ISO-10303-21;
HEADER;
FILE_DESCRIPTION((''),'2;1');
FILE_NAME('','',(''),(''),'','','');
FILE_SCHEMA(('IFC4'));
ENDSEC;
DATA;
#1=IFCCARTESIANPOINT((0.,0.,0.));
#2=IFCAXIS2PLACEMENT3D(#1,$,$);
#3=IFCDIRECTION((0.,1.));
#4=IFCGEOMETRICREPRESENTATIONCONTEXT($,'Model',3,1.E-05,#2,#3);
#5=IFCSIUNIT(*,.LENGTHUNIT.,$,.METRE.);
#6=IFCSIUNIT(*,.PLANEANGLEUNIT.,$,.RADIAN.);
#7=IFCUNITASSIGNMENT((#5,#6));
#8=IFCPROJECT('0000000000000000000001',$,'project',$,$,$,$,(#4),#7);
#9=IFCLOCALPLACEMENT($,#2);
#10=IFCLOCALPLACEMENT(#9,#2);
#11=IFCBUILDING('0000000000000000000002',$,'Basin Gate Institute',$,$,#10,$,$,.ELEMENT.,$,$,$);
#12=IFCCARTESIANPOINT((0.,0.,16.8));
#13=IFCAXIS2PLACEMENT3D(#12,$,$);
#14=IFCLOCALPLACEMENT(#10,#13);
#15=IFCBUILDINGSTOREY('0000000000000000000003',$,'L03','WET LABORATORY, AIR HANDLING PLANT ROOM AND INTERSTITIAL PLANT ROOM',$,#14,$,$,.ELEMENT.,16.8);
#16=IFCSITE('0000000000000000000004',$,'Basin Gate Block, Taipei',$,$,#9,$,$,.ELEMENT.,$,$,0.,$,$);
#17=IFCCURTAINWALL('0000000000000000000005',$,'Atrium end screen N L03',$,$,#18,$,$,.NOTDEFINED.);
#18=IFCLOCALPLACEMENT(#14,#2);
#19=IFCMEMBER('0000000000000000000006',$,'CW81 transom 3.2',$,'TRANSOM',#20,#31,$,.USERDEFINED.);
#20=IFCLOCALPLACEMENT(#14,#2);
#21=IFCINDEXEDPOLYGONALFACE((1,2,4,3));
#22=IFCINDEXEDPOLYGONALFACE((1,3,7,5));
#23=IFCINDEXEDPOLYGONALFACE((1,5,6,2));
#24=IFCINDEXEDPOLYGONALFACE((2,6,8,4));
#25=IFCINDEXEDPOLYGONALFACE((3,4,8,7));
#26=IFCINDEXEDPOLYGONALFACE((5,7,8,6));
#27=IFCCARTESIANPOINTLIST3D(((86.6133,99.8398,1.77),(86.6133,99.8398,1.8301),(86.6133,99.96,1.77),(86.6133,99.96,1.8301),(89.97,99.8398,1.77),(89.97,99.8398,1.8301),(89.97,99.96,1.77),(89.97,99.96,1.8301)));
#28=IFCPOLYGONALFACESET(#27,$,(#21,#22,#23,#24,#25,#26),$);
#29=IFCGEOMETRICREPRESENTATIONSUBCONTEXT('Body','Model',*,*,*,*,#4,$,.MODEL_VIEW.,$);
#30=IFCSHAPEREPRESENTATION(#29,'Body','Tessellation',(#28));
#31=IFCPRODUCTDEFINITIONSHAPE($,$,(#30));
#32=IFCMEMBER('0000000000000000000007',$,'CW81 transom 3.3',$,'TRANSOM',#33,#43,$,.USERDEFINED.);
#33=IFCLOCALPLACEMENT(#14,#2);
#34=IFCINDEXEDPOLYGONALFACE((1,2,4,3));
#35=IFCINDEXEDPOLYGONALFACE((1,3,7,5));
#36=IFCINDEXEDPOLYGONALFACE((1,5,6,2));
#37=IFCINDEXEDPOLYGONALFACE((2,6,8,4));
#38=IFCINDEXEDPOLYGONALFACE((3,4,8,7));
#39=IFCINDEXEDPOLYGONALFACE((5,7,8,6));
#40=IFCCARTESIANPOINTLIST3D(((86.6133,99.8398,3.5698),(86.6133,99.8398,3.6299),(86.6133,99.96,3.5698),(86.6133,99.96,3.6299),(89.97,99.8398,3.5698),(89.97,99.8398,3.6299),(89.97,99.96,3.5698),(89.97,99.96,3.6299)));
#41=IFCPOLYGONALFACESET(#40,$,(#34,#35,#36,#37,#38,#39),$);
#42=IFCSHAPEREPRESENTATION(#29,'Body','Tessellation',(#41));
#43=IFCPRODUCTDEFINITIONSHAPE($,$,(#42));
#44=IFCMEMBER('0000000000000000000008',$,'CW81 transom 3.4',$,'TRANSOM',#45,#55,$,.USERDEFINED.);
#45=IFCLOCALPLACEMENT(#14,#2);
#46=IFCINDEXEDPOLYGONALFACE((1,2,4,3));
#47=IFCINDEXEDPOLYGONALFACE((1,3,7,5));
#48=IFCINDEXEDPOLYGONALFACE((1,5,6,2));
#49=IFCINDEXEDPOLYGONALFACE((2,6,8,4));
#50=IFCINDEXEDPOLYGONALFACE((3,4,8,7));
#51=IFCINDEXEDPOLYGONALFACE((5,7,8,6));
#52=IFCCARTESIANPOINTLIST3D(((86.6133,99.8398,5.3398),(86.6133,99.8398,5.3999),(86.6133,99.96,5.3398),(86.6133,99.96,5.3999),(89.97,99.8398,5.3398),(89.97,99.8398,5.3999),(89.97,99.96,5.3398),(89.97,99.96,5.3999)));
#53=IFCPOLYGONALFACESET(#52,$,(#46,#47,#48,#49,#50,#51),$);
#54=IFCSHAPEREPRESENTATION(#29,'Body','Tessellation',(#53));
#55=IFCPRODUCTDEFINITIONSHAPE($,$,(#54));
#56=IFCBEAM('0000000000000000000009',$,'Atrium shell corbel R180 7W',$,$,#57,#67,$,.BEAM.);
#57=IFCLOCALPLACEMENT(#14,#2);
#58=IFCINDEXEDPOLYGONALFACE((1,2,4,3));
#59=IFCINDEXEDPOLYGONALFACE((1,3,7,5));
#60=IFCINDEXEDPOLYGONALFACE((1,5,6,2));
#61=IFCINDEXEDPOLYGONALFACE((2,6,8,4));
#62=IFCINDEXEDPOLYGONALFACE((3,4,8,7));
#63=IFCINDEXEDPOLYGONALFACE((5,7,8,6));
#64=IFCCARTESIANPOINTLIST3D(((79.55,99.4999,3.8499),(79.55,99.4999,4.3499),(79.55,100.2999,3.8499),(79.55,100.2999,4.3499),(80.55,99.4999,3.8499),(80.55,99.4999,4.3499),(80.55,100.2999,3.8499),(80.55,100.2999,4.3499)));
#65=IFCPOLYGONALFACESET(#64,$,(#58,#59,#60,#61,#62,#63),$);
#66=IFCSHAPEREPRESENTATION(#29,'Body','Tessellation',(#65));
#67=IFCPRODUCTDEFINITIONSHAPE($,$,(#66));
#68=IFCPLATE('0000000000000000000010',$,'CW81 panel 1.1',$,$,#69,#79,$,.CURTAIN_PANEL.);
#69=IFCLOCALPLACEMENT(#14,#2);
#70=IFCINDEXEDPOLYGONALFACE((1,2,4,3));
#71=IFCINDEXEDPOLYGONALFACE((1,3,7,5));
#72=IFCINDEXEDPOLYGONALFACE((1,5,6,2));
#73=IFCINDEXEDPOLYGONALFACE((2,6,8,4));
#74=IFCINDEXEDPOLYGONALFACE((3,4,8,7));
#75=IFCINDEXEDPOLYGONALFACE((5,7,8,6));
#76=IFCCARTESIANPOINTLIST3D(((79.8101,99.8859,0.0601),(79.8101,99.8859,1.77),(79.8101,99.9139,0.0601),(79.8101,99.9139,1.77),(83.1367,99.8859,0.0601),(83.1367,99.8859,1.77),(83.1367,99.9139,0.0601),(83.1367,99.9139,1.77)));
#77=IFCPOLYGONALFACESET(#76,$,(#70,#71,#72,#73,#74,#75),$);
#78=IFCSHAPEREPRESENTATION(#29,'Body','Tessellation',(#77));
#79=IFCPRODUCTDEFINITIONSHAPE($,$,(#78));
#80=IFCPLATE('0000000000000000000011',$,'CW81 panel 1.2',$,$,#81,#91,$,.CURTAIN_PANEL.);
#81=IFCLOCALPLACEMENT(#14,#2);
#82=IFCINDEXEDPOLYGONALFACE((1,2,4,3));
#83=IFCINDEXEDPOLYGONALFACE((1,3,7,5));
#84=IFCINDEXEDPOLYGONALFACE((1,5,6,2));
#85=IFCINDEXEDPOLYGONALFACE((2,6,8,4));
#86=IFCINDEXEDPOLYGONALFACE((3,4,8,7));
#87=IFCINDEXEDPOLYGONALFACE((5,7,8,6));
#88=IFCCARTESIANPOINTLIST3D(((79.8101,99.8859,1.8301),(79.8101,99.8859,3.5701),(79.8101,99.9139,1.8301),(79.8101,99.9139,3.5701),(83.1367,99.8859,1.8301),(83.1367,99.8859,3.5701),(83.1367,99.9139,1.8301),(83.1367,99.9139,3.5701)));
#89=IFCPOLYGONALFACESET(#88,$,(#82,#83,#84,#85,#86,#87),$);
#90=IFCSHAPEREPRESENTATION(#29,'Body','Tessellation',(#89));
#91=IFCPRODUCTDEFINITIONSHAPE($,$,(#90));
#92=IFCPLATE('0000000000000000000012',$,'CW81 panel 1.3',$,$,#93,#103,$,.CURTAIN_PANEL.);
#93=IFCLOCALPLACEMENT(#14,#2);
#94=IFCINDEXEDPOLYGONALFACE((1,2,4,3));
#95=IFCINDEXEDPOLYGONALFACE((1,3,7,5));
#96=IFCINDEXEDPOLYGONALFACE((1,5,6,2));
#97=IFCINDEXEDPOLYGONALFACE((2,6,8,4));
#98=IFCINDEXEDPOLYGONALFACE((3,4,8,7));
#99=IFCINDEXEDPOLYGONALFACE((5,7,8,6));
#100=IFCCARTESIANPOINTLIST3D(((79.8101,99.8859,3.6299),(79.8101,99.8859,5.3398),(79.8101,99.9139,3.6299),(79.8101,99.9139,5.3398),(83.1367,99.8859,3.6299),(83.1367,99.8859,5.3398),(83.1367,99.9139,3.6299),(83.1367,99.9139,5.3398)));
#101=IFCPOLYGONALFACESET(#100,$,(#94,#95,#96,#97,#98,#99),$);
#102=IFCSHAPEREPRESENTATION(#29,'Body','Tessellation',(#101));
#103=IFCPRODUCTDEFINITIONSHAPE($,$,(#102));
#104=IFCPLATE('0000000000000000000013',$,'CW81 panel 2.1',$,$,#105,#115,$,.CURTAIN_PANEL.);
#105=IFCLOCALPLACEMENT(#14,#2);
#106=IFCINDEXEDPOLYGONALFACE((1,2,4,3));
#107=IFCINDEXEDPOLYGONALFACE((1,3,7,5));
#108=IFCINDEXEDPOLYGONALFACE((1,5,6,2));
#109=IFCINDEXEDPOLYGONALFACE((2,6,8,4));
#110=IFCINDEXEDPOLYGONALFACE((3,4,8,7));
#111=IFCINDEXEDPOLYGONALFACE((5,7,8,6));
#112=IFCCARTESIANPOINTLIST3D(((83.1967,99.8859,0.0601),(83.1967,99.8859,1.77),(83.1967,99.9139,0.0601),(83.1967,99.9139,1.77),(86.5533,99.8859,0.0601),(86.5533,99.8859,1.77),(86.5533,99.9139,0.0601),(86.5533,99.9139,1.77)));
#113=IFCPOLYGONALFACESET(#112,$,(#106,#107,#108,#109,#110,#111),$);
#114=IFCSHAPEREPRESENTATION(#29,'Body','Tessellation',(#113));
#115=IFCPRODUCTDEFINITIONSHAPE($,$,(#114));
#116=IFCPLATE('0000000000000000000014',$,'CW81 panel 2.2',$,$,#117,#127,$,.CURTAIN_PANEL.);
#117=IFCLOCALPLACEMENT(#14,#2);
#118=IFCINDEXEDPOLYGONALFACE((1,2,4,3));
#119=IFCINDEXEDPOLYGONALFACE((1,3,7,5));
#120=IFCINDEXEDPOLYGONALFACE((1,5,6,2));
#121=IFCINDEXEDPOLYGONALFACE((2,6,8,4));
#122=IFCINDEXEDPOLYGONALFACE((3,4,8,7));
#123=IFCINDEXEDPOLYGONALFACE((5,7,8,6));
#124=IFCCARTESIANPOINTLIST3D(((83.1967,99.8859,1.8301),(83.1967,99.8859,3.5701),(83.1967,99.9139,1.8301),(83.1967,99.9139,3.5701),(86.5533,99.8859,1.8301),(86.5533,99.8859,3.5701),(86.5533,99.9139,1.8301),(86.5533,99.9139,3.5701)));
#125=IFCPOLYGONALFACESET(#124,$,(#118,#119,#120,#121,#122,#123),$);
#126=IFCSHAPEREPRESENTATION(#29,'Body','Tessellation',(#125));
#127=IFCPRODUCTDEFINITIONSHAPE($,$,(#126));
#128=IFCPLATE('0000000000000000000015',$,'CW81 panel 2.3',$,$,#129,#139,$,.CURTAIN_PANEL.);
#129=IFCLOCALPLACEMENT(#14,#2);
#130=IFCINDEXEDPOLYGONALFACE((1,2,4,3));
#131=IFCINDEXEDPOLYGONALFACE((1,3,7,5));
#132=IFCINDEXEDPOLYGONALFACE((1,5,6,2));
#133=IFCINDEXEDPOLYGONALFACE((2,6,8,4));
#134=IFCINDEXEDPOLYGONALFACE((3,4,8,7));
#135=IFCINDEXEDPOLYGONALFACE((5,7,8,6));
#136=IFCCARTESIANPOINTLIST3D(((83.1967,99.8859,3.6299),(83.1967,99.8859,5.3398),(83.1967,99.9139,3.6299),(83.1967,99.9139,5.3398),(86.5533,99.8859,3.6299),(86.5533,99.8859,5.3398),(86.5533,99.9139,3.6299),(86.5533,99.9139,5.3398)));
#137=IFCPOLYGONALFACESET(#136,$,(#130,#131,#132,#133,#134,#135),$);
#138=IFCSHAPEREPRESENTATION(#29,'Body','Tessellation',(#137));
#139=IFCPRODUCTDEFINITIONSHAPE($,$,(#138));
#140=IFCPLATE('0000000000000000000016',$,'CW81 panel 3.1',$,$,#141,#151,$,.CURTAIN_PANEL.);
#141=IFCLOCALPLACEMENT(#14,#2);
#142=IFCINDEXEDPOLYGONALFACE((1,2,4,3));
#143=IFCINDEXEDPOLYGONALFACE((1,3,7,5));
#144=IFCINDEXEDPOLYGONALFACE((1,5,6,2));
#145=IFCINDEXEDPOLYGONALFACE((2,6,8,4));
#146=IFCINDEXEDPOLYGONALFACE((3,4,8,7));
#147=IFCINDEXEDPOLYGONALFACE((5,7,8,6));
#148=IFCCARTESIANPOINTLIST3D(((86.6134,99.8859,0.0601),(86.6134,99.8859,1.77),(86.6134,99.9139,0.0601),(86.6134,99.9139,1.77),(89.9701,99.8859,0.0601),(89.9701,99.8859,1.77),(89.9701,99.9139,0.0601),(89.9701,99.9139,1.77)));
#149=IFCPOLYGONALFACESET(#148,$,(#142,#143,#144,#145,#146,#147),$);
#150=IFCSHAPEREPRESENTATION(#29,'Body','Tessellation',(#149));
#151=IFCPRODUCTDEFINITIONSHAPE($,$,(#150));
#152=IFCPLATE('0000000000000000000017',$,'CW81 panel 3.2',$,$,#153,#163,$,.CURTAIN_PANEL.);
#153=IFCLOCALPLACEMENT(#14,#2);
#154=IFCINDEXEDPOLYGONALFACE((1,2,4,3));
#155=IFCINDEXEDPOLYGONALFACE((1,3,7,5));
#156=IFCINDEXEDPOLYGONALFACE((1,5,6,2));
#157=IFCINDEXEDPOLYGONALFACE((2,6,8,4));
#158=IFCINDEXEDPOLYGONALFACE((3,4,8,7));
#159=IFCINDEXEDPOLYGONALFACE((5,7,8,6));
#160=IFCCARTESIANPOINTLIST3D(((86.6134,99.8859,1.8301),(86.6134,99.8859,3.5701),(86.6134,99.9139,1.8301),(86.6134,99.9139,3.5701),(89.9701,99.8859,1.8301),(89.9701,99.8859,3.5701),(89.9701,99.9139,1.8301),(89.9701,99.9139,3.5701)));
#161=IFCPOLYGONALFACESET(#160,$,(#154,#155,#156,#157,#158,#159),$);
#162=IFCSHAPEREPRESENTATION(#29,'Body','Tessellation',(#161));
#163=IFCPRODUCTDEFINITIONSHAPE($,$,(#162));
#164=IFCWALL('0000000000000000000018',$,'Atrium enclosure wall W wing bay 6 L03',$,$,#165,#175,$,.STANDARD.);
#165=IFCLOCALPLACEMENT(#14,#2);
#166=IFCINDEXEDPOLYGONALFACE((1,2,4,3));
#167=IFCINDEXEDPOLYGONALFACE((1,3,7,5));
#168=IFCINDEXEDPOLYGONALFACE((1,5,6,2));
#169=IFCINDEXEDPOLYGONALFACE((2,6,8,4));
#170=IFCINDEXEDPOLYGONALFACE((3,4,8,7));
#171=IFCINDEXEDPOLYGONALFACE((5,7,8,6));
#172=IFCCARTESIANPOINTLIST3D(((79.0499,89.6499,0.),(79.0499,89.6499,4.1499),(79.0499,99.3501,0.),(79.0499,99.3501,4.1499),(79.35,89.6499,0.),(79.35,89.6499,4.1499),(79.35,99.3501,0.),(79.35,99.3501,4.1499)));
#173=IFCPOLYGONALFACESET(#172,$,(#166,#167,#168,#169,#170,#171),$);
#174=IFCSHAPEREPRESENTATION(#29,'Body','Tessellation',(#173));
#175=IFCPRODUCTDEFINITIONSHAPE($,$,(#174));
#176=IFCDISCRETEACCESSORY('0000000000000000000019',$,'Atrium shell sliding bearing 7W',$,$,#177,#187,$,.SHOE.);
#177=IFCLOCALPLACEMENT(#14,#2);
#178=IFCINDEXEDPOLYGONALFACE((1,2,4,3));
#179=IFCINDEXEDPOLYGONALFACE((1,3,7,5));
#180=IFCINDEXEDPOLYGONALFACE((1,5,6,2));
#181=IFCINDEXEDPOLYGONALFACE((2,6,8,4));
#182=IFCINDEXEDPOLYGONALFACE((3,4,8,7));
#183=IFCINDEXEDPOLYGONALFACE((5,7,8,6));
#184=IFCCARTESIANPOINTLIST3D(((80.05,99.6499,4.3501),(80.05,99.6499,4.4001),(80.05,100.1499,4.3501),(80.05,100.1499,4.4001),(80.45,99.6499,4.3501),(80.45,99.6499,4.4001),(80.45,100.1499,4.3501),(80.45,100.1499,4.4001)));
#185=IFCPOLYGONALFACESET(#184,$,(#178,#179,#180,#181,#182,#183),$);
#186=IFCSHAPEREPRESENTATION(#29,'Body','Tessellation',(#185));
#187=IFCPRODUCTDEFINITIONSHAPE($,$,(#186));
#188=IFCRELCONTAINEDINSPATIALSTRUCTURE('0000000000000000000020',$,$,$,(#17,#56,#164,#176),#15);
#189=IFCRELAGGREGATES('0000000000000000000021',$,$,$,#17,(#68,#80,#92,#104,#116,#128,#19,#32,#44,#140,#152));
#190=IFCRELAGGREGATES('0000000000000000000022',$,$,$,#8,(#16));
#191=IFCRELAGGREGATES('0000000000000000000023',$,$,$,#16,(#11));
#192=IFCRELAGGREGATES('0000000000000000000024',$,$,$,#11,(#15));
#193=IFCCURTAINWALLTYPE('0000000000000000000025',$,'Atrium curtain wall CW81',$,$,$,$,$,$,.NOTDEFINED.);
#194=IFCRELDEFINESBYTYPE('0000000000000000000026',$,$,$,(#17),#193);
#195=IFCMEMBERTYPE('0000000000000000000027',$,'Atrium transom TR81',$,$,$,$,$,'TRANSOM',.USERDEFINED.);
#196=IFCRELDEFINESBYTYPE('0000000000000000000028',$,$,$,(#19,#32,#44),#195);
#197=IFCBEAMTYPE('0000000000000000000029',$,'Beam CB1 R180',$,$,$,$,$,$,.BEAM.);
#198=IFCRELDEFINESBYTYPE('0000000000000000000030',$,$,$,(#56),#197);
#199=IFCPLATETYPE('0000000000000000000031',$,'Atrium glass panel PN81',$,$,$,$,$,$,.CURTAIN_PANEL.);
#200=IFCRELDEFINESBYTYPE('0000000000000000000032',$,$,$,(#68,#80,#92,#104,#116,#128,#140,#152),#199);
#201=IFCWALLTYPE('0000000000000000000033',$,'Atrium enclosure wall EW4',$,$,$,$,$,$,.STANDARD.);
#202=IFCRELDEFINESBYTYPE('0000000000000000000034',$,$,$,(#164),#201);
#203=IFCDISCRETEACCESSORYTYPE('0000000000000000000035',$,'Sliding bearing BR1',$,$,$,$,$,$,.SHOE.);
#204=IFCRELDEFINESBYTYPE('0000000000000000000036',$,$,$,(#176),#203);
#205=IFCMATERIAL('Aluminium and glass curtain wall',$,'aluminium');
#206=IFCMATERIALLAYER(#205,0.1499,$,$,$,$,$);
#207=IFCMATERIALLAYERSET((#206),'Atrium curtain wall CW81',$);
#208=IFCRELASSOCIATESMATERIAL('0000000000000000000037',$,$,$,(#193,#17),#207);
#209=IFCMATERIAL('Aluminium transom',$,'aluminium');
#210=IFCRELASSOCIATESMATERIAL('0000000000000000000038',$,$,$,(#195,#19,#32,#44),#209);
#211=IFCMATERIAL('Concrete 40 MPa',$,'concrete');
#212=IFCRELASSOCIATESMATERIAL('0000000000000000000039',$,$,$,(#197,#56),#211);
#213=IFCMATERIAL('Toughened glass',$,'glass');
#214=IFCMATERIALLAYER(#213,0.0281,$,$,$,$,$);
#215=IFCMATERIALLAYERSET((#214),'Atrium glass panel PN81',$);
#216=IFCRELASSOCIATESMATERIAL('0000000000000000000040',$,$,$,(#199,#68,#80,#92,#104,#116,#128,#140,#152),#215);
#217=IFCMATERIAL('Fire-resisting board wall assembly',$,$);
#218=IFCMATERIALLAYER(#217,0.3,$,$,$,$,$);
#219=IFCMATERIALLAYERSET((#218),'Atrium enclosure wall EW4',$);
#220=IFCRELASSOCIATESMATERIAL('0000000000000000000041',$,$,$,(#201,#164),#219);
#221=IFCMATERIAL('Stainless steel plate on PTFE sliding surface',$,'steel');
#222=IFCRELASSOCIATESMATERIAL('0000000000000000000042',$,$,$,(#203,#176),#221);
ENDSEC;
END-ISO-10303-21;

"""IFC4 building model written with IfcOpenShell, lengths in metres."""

from ifc_helpers import new_model, si_unit, direction, frame, frame_2d, origin, origin_2d, place, context, subcontext, project, spatial, rectangle, extrude, material, layer, layer_set, material_profile, profile_set, type_object, element, aggregate, save


model = new_model("IFC4")

# Units and contexts
model_context = context("Model", 3, precision=1e-05, world=origin(), true_north=direction((0.0, 1.0)))
body_context = subcontext(model_context, "Body", "Model", "MODEL_VIEW")
ifc_project = project(units=[si_unit("LENGTHUNIT", "METRE"), si_unit("PLANEANGLEUNIT", "RADIAN")], contexts=[model_context])

# Site, building, storey
site_placement = place(None, origin())
site = spatial("IfcSite", under=ifc_project, at=site_placement, Name="Basin Gate Block, Taipei", CompositionType="ELEMENT", RefElevation=0.0)
building_placement = place(site_placement, origin())
building = spatial("IfcBuilding", under=site, at=building_placement, Name="Basin Gate Institute", CompositionType="ELEMENT")
storey_placement = place(building_placement, frame((0.0, 0.0, 16.8)))
storey = spatial("IfcBuildingStorey", under=building, at=storey_placement, Name="L03", Description="WET LABORATORY, AIR HANDLING PLANT ROOM AND INTERSTITIAL PLANT ROOM", CompositionType="ELEMENT", Elevation=16.8)

# Curtain wall, members
ifc_material_1 = material(Name="Aluminium and glass curtain wall", Category="aluminium")
ifc_layer_1 = layer(ifc_material_1, 0.1499)
ifc_layer_set_1 = layer_set([ifc_layer_1], Name="Atrium curtain wall CW81")
curtain_wall_type = type_object("IfcCurtainWallType", Name="Atrium curtain wall CW81", PredefinedType="NOTDEFINED", material=ifc_layer_set_1)
curtain_wall_placement = place(storey_placement, origin())
curtain_wall = element("IfcCurtainWall", 1, at=curtain_wall_placement, inside=storey, type_object=curtain_wall_type, material=ifc_layer_set_1, Name="Atrium end screen N L03", PredefinedType="NOTDEFINED")
ifc_material_2 = material(Name="Aluminium transom", Category="aluminium")
ifc_material_profile_1 = material_profile(ifc_material_2, rectangle(XDim=0.1201, YDim=0.0601, at=origin_2d()), Name="Atrium transom TR81 120 x 60")
ifc_profile_set_1 = profile_set([ifc_material_profile_1], Name="Aluminium transom")
member_type_1 = type_object("IfcMemberType", Name="Atrium transom TR81", ElementType="TRANSOM", PredefinedType="USERDEFINED", material=ifc_profile_set_1)
member_1_placement = place(storey_placement, frame((86.6133, 99.8999, 1.8), z_axis=(1.0, 0.0, 0.0), x_axis=(0.0, 1.0, 0.0)))
member_1 = element("IfcMember", 2, at=member_1_placement, type_object=member_type_1, material=ifc_profile_set_1, Name="CW81 transom 3.2", ObjectType="TRANSOM", PredefinedType="USERDEFINED", context=body_context, shape_type="SweptSolid", body=[
    extrude(rectangle(XDim=0.1201, YDim=0.0601, at=origin_2d()), origin(), (0.0, 0.0, 1.0), 3.3567),
])
member_2_placement = place(storey_placement, frame((86.6133, 99.8999, 3.5999), z_axis=(1.0, 0.0, 0.0), x_axis=(0.0, 1.0, 0.0)))
member_2 = element("IfcMember", 3, at=member_2_placement, type_object=member_type_1, material=ifc_profile_set_1, Name="CW81 transom 3.3", ObjectType="TRANSOM", PredefinedType="USERDEFINED", context=body_context, shape_type="SweptSolid", body=[
    extrude(rectangle(XDim=0.1201, YDim=0.0601, at=origin_2d()), origin(), (0.0, 0.0, 1.0), 3.3567),
])
member_3_placement = place(storey_placement, frame((86.6133, 99.8999, 5.3699), z_axis=(1.0, 0.0, 0.0), x_axis=(0.0, 1.0, 0.0)))
member_3 = element("IfcMember", 4, at=member_3_placement, type_object=member_type_1, material=ifc_profile_set_1, Name="CW81 transom 3.4", ObjectType="TRANSOM", PredefinedType="USERDEFINED", context=body_context, shape_type="SweptSolid", body=[
    extrude(rectangle(XDim=0.1201, YDim=0.0601, at=origin_2d()), origin(), (0.0, 0.0, 1.0), 3.3567),
])

# Beam
ifc_material_3 = material(Name="Concrete 40 MPa", Category="concrete")
ifc_material_profile_2 = material_profile(ifc_material_3, rectangle(XDim=0.8, YDim=0.5, at=origin_2d()), Name="Beam CB1 800 x 500")
ifc_profile_set_2 = profile_set([ifc_material_profile_2], Name="Concrete 40 MPa")
beam_type = type_object("IfcBeamType", Name="Beam CB1 R180", PredefinedType="BEAM", material=ifc_profile_set_2)
beam_placement = place(storey_placement, frame((79.55, 99.8999, 4.0999), z_axis=(1.0, 0.0, 0.0), x_axis=(0.0, 1.0, 0.0)))
element("IfcBeam", 5, at=beam_placement, inside=storey, type_object=beam_type, material=ifc_profile_set_2, Name="Atrium shell corbel R180 7W", PredefinedType="BEAM", context=body_context, shape_type="SweptSolid", body=[
    extrude(rectangle(XDim=0.8, YDim=0.5, at=origin_2d()), origin(), (0.0, 0.0, 1.0), 1.0),
])

# Plates
ifc_material_4 = material(Name="Toughened glass", Category="glass")
ifc_layer_2 = layer(ifc_material_4, 0.0281)
ifc_layer_set_2 = layer_set([ifc_layer_2], Name="Atrium glass panel PN81")
plate_type = type_object("IfcPlateType", Name="Atrium glass panel PN81", PredefinedType="CURTAIN_PANEL", material=ifc_layer_set_2)
plate_1_placement = place(storey_placement, frame((81.4734, 99.8999, 0.0601), z_axis=(0.0, 0.0, 1.0), x_axis=(1.0, 0.0, 0.0)))
plate_1 = element("IfcPlate", 6, at=plate_1_placement, type_object=plate_type, material=ifc_layer_set_2, Name="CW81 panel 1.1", PredefinedType="CURTAIN_PANEL", context=body_context, shape_type="SweptSolid", body=[
    extrude(rectangle(XDim=3.3267, YDim=0.0281, at=origin_2d()), origin(), (0.0, 0.0, 1.0), 1.71),
])
plate_2_placement = place(storey_placement, frame((81.4734, 99.8999, 1.8301), z_axis=(0.0, 0.0, 1.0), x_axis=(1.0, 0.0, 0.0)))
plate_2 = element("IfcPlate", 7, at=plate_2_placement, type_object=plate_type, material=ifc_layer_set_2, Name="CW81 panel 1.2", PredefinedType="CURTAIN_PANEL", context=body_context, shape_type="SweptSolid", body=[
    extrude(rectangle(XDim=3.3267, YDim=0.0281, at=origin_2d()), origin(), (0.0, 0.0, 1.0), 1.74),
])
plate_3_placement = place(storey_placement, frame((81.4734, 99.8999, 3.6299), z_axis=(0.0, 0.0, 1.0), x_axis=(1.0, 0.0, 0.0)))
plate_3 = element("IfcPlate", 8, at=plate_3_placement, type_object=plate_type, material=ifc_layer_set_2, Name="CW81 panel 1.3", PredefinedType="CURTAIN_PANEL", context=body_context, shape_type="SweptSolid", body=[
    extrude(rectangle(XDim=3.3267, YDim=0.0281, at=origin_2d()), origin(), (0.0, 0.0, 1.0), 1.71),
])
plate_4_placement = place(storey_placement, frame((84.875, 99.8999, 0.0601), z_axis=(0.0, 0.0, 1.0), x_axis=(1.0, 0.0, 0.0)))
plate_4 = element("IfcPlate", 9, at=plate_4_placement, type_object=plate_type, material=ifc_layer_set_2, Name="CW81 panel 2.1", PredefinedType="CURTAIN_PANEL", context=body_context, shape_type="SweptSolid", body=[
    extrude(rectangle(XDim=3.3567, YDim=0.0281, at=origin_2d()), origin(), (0.0, 0.0, 1.0), 1.71),
])
plate_5_placement = place(storey_placement, frame((84.875, 99.8999, 1.8301), z_axis=(0.0, 0.0, 1.0), x_axis=(1.0, 0.0, 0.0)))
plate_5 = element("IfcPlate", 10, at=plate_5_placement, type_object=plate_type, material=ifc_layer_set_2, Name="CW81 panel 2.2", PredefinedType="CURTAIN_PANEL", context=body_context, shape_type="SweptSolid", body=[
    extrude(rectangle(XDim=3.3567, YDim=0.0281, at=origin_2d()), origin(), (0.0, 0.0, 1.0), 1.74),
])
plate_6_placement = place(storey_placement, frame((84.875, 99.8999, 3.6299), z_axis=(0.0, 0.0, 1.0), x_axis=(1.0, 0.0, 0.0)))
plate_6 = element("IfcPlate", 11, at=plate_6_placement, type_object=plate_type, material=ifc_layer_set_2, Name="CW81 panel 2.3", PredefinedType="CURTAIN_PANEL", context=body_context, shape_type="SweptSolid", body=[
    extrude(rectangle(XDim=3.3567, YDim=0.0281, at=origin_2d()), origin(), (0.0, 0.0, 1.0), 1.71),
])
plate_7_placement = place(storey_placement, frame((88.2917, 99.8999, 0.0601), z_axis=(0.0, 0.0, 1.0), x_axis=(1.0, 0.0, 0.0)))
plate_7 = element("IfcPlate", 12, at=plate_7_placement, type_object=plate_type, material=ifc_layer_set_2, Name="CW81 panel 3.1", PredefinedType="CURTAIN_PANEL", context=body_context, shape_type="SweptSolid", body=[
    extrude(rectangle(XDim=3.3567, YDim=0.0281, at=origin_2d()), origin(), (0.0, 0.0, 1.0), 1.71),
])
plate_8_placement = place(storey_placement, frame((88.2917, 99.8999, 1.8301), z_axis=(0.0, 0.0, 1.0), x_axis=(1.0, 0.0, 0.0)))
plate_8 = element("IfcPlate", 13, at=plate_8_placement, type_object=plate_type, material=ifc_layer_set_2, Name="CW81 panel 3.2", PredefinedType="CURTAIN_PANEL", context=body_context, shape_type="SweptSolid", body=[
    extrude(rectangle(XDim=3.3567, YDim=0.0281, at=origin_2d()), origin(), (0.0, 0.0, 1.0), 1.74),
])
aggregate(curtain_wall, [plate_1, plate_2, plate_3, plate_4, plate_5, plate_6, member_1, member_2, member_3, plate_7, plate_8])

# Wall
ifc_material_5 = material(Name="Fire-resisting board wall assembly")
ifc_layer_3 = layer(ifc_material_5, 0.3)
ifc_layer_set_3 = layer_set([ifc_layer_3], Name="Atrium enclosure wall EW4")
wall_type = type_object("IfcWallType", Name="Atrium enclosure wall EW4", PredefinedType="STANDARD", material=ifc_layer_set_3)
wall_placement = place(storey_placement, frame((79.2, 89.6499, 0.0), z_axis=(0.0, 0.0, 1.0), x_axis=(0.0, 1.0, 0.0)))
element("IfcWall", 14, at=wall_placement, inside=storey, type_object=wall_type, material=ifc_layer_set_3, Name="Atrium enclosure wall W wing bay 6 L03", PredefinedType="STANDARD", context=body_context, shape_type="SweptSolid", body=[
    extrude(rectangle(XDim=9.7002, YDim=0.3, at=frame_2d((4.8501, 0.0))), origin(), (0.0, 0.0, 1.0), 4.1499),
])

# Discrete accessory
ifc_material_6 = material(Name="Stainless steel plate on PTFE sliding surface", Category="steel")
discrete_accessory_type = type_object("IfcDiscreteAccessoryType", Name="Sliding bearing BR1", PredefinedType="SHOE", material=ifc_material_6)
discrete_accessory_placement = place(storey_placement, frame((80.25, 99.8999, 4.3501), z_axis=(0.0, 0.0, 1.0), x_axis=(1.0, 0.0, 0.0)))
element("IfcDiscreteAccessory", 15, at=discrete_accessory_placement, inside=storey, type_object=discrete_accessory_type, material=ifc_material_6, Name="Atrium shell sliding bearing 7W", PredefinedType="SHOE", context=body_context, shape_type="SweptSolid", body=[
    extrude(rectangle(XDim=0.3999, YDim=0.5, at=origin_2d()), origin(), (0.0, 0.0, 1.0), 0.05),
])

save(model, "model.ifc")
